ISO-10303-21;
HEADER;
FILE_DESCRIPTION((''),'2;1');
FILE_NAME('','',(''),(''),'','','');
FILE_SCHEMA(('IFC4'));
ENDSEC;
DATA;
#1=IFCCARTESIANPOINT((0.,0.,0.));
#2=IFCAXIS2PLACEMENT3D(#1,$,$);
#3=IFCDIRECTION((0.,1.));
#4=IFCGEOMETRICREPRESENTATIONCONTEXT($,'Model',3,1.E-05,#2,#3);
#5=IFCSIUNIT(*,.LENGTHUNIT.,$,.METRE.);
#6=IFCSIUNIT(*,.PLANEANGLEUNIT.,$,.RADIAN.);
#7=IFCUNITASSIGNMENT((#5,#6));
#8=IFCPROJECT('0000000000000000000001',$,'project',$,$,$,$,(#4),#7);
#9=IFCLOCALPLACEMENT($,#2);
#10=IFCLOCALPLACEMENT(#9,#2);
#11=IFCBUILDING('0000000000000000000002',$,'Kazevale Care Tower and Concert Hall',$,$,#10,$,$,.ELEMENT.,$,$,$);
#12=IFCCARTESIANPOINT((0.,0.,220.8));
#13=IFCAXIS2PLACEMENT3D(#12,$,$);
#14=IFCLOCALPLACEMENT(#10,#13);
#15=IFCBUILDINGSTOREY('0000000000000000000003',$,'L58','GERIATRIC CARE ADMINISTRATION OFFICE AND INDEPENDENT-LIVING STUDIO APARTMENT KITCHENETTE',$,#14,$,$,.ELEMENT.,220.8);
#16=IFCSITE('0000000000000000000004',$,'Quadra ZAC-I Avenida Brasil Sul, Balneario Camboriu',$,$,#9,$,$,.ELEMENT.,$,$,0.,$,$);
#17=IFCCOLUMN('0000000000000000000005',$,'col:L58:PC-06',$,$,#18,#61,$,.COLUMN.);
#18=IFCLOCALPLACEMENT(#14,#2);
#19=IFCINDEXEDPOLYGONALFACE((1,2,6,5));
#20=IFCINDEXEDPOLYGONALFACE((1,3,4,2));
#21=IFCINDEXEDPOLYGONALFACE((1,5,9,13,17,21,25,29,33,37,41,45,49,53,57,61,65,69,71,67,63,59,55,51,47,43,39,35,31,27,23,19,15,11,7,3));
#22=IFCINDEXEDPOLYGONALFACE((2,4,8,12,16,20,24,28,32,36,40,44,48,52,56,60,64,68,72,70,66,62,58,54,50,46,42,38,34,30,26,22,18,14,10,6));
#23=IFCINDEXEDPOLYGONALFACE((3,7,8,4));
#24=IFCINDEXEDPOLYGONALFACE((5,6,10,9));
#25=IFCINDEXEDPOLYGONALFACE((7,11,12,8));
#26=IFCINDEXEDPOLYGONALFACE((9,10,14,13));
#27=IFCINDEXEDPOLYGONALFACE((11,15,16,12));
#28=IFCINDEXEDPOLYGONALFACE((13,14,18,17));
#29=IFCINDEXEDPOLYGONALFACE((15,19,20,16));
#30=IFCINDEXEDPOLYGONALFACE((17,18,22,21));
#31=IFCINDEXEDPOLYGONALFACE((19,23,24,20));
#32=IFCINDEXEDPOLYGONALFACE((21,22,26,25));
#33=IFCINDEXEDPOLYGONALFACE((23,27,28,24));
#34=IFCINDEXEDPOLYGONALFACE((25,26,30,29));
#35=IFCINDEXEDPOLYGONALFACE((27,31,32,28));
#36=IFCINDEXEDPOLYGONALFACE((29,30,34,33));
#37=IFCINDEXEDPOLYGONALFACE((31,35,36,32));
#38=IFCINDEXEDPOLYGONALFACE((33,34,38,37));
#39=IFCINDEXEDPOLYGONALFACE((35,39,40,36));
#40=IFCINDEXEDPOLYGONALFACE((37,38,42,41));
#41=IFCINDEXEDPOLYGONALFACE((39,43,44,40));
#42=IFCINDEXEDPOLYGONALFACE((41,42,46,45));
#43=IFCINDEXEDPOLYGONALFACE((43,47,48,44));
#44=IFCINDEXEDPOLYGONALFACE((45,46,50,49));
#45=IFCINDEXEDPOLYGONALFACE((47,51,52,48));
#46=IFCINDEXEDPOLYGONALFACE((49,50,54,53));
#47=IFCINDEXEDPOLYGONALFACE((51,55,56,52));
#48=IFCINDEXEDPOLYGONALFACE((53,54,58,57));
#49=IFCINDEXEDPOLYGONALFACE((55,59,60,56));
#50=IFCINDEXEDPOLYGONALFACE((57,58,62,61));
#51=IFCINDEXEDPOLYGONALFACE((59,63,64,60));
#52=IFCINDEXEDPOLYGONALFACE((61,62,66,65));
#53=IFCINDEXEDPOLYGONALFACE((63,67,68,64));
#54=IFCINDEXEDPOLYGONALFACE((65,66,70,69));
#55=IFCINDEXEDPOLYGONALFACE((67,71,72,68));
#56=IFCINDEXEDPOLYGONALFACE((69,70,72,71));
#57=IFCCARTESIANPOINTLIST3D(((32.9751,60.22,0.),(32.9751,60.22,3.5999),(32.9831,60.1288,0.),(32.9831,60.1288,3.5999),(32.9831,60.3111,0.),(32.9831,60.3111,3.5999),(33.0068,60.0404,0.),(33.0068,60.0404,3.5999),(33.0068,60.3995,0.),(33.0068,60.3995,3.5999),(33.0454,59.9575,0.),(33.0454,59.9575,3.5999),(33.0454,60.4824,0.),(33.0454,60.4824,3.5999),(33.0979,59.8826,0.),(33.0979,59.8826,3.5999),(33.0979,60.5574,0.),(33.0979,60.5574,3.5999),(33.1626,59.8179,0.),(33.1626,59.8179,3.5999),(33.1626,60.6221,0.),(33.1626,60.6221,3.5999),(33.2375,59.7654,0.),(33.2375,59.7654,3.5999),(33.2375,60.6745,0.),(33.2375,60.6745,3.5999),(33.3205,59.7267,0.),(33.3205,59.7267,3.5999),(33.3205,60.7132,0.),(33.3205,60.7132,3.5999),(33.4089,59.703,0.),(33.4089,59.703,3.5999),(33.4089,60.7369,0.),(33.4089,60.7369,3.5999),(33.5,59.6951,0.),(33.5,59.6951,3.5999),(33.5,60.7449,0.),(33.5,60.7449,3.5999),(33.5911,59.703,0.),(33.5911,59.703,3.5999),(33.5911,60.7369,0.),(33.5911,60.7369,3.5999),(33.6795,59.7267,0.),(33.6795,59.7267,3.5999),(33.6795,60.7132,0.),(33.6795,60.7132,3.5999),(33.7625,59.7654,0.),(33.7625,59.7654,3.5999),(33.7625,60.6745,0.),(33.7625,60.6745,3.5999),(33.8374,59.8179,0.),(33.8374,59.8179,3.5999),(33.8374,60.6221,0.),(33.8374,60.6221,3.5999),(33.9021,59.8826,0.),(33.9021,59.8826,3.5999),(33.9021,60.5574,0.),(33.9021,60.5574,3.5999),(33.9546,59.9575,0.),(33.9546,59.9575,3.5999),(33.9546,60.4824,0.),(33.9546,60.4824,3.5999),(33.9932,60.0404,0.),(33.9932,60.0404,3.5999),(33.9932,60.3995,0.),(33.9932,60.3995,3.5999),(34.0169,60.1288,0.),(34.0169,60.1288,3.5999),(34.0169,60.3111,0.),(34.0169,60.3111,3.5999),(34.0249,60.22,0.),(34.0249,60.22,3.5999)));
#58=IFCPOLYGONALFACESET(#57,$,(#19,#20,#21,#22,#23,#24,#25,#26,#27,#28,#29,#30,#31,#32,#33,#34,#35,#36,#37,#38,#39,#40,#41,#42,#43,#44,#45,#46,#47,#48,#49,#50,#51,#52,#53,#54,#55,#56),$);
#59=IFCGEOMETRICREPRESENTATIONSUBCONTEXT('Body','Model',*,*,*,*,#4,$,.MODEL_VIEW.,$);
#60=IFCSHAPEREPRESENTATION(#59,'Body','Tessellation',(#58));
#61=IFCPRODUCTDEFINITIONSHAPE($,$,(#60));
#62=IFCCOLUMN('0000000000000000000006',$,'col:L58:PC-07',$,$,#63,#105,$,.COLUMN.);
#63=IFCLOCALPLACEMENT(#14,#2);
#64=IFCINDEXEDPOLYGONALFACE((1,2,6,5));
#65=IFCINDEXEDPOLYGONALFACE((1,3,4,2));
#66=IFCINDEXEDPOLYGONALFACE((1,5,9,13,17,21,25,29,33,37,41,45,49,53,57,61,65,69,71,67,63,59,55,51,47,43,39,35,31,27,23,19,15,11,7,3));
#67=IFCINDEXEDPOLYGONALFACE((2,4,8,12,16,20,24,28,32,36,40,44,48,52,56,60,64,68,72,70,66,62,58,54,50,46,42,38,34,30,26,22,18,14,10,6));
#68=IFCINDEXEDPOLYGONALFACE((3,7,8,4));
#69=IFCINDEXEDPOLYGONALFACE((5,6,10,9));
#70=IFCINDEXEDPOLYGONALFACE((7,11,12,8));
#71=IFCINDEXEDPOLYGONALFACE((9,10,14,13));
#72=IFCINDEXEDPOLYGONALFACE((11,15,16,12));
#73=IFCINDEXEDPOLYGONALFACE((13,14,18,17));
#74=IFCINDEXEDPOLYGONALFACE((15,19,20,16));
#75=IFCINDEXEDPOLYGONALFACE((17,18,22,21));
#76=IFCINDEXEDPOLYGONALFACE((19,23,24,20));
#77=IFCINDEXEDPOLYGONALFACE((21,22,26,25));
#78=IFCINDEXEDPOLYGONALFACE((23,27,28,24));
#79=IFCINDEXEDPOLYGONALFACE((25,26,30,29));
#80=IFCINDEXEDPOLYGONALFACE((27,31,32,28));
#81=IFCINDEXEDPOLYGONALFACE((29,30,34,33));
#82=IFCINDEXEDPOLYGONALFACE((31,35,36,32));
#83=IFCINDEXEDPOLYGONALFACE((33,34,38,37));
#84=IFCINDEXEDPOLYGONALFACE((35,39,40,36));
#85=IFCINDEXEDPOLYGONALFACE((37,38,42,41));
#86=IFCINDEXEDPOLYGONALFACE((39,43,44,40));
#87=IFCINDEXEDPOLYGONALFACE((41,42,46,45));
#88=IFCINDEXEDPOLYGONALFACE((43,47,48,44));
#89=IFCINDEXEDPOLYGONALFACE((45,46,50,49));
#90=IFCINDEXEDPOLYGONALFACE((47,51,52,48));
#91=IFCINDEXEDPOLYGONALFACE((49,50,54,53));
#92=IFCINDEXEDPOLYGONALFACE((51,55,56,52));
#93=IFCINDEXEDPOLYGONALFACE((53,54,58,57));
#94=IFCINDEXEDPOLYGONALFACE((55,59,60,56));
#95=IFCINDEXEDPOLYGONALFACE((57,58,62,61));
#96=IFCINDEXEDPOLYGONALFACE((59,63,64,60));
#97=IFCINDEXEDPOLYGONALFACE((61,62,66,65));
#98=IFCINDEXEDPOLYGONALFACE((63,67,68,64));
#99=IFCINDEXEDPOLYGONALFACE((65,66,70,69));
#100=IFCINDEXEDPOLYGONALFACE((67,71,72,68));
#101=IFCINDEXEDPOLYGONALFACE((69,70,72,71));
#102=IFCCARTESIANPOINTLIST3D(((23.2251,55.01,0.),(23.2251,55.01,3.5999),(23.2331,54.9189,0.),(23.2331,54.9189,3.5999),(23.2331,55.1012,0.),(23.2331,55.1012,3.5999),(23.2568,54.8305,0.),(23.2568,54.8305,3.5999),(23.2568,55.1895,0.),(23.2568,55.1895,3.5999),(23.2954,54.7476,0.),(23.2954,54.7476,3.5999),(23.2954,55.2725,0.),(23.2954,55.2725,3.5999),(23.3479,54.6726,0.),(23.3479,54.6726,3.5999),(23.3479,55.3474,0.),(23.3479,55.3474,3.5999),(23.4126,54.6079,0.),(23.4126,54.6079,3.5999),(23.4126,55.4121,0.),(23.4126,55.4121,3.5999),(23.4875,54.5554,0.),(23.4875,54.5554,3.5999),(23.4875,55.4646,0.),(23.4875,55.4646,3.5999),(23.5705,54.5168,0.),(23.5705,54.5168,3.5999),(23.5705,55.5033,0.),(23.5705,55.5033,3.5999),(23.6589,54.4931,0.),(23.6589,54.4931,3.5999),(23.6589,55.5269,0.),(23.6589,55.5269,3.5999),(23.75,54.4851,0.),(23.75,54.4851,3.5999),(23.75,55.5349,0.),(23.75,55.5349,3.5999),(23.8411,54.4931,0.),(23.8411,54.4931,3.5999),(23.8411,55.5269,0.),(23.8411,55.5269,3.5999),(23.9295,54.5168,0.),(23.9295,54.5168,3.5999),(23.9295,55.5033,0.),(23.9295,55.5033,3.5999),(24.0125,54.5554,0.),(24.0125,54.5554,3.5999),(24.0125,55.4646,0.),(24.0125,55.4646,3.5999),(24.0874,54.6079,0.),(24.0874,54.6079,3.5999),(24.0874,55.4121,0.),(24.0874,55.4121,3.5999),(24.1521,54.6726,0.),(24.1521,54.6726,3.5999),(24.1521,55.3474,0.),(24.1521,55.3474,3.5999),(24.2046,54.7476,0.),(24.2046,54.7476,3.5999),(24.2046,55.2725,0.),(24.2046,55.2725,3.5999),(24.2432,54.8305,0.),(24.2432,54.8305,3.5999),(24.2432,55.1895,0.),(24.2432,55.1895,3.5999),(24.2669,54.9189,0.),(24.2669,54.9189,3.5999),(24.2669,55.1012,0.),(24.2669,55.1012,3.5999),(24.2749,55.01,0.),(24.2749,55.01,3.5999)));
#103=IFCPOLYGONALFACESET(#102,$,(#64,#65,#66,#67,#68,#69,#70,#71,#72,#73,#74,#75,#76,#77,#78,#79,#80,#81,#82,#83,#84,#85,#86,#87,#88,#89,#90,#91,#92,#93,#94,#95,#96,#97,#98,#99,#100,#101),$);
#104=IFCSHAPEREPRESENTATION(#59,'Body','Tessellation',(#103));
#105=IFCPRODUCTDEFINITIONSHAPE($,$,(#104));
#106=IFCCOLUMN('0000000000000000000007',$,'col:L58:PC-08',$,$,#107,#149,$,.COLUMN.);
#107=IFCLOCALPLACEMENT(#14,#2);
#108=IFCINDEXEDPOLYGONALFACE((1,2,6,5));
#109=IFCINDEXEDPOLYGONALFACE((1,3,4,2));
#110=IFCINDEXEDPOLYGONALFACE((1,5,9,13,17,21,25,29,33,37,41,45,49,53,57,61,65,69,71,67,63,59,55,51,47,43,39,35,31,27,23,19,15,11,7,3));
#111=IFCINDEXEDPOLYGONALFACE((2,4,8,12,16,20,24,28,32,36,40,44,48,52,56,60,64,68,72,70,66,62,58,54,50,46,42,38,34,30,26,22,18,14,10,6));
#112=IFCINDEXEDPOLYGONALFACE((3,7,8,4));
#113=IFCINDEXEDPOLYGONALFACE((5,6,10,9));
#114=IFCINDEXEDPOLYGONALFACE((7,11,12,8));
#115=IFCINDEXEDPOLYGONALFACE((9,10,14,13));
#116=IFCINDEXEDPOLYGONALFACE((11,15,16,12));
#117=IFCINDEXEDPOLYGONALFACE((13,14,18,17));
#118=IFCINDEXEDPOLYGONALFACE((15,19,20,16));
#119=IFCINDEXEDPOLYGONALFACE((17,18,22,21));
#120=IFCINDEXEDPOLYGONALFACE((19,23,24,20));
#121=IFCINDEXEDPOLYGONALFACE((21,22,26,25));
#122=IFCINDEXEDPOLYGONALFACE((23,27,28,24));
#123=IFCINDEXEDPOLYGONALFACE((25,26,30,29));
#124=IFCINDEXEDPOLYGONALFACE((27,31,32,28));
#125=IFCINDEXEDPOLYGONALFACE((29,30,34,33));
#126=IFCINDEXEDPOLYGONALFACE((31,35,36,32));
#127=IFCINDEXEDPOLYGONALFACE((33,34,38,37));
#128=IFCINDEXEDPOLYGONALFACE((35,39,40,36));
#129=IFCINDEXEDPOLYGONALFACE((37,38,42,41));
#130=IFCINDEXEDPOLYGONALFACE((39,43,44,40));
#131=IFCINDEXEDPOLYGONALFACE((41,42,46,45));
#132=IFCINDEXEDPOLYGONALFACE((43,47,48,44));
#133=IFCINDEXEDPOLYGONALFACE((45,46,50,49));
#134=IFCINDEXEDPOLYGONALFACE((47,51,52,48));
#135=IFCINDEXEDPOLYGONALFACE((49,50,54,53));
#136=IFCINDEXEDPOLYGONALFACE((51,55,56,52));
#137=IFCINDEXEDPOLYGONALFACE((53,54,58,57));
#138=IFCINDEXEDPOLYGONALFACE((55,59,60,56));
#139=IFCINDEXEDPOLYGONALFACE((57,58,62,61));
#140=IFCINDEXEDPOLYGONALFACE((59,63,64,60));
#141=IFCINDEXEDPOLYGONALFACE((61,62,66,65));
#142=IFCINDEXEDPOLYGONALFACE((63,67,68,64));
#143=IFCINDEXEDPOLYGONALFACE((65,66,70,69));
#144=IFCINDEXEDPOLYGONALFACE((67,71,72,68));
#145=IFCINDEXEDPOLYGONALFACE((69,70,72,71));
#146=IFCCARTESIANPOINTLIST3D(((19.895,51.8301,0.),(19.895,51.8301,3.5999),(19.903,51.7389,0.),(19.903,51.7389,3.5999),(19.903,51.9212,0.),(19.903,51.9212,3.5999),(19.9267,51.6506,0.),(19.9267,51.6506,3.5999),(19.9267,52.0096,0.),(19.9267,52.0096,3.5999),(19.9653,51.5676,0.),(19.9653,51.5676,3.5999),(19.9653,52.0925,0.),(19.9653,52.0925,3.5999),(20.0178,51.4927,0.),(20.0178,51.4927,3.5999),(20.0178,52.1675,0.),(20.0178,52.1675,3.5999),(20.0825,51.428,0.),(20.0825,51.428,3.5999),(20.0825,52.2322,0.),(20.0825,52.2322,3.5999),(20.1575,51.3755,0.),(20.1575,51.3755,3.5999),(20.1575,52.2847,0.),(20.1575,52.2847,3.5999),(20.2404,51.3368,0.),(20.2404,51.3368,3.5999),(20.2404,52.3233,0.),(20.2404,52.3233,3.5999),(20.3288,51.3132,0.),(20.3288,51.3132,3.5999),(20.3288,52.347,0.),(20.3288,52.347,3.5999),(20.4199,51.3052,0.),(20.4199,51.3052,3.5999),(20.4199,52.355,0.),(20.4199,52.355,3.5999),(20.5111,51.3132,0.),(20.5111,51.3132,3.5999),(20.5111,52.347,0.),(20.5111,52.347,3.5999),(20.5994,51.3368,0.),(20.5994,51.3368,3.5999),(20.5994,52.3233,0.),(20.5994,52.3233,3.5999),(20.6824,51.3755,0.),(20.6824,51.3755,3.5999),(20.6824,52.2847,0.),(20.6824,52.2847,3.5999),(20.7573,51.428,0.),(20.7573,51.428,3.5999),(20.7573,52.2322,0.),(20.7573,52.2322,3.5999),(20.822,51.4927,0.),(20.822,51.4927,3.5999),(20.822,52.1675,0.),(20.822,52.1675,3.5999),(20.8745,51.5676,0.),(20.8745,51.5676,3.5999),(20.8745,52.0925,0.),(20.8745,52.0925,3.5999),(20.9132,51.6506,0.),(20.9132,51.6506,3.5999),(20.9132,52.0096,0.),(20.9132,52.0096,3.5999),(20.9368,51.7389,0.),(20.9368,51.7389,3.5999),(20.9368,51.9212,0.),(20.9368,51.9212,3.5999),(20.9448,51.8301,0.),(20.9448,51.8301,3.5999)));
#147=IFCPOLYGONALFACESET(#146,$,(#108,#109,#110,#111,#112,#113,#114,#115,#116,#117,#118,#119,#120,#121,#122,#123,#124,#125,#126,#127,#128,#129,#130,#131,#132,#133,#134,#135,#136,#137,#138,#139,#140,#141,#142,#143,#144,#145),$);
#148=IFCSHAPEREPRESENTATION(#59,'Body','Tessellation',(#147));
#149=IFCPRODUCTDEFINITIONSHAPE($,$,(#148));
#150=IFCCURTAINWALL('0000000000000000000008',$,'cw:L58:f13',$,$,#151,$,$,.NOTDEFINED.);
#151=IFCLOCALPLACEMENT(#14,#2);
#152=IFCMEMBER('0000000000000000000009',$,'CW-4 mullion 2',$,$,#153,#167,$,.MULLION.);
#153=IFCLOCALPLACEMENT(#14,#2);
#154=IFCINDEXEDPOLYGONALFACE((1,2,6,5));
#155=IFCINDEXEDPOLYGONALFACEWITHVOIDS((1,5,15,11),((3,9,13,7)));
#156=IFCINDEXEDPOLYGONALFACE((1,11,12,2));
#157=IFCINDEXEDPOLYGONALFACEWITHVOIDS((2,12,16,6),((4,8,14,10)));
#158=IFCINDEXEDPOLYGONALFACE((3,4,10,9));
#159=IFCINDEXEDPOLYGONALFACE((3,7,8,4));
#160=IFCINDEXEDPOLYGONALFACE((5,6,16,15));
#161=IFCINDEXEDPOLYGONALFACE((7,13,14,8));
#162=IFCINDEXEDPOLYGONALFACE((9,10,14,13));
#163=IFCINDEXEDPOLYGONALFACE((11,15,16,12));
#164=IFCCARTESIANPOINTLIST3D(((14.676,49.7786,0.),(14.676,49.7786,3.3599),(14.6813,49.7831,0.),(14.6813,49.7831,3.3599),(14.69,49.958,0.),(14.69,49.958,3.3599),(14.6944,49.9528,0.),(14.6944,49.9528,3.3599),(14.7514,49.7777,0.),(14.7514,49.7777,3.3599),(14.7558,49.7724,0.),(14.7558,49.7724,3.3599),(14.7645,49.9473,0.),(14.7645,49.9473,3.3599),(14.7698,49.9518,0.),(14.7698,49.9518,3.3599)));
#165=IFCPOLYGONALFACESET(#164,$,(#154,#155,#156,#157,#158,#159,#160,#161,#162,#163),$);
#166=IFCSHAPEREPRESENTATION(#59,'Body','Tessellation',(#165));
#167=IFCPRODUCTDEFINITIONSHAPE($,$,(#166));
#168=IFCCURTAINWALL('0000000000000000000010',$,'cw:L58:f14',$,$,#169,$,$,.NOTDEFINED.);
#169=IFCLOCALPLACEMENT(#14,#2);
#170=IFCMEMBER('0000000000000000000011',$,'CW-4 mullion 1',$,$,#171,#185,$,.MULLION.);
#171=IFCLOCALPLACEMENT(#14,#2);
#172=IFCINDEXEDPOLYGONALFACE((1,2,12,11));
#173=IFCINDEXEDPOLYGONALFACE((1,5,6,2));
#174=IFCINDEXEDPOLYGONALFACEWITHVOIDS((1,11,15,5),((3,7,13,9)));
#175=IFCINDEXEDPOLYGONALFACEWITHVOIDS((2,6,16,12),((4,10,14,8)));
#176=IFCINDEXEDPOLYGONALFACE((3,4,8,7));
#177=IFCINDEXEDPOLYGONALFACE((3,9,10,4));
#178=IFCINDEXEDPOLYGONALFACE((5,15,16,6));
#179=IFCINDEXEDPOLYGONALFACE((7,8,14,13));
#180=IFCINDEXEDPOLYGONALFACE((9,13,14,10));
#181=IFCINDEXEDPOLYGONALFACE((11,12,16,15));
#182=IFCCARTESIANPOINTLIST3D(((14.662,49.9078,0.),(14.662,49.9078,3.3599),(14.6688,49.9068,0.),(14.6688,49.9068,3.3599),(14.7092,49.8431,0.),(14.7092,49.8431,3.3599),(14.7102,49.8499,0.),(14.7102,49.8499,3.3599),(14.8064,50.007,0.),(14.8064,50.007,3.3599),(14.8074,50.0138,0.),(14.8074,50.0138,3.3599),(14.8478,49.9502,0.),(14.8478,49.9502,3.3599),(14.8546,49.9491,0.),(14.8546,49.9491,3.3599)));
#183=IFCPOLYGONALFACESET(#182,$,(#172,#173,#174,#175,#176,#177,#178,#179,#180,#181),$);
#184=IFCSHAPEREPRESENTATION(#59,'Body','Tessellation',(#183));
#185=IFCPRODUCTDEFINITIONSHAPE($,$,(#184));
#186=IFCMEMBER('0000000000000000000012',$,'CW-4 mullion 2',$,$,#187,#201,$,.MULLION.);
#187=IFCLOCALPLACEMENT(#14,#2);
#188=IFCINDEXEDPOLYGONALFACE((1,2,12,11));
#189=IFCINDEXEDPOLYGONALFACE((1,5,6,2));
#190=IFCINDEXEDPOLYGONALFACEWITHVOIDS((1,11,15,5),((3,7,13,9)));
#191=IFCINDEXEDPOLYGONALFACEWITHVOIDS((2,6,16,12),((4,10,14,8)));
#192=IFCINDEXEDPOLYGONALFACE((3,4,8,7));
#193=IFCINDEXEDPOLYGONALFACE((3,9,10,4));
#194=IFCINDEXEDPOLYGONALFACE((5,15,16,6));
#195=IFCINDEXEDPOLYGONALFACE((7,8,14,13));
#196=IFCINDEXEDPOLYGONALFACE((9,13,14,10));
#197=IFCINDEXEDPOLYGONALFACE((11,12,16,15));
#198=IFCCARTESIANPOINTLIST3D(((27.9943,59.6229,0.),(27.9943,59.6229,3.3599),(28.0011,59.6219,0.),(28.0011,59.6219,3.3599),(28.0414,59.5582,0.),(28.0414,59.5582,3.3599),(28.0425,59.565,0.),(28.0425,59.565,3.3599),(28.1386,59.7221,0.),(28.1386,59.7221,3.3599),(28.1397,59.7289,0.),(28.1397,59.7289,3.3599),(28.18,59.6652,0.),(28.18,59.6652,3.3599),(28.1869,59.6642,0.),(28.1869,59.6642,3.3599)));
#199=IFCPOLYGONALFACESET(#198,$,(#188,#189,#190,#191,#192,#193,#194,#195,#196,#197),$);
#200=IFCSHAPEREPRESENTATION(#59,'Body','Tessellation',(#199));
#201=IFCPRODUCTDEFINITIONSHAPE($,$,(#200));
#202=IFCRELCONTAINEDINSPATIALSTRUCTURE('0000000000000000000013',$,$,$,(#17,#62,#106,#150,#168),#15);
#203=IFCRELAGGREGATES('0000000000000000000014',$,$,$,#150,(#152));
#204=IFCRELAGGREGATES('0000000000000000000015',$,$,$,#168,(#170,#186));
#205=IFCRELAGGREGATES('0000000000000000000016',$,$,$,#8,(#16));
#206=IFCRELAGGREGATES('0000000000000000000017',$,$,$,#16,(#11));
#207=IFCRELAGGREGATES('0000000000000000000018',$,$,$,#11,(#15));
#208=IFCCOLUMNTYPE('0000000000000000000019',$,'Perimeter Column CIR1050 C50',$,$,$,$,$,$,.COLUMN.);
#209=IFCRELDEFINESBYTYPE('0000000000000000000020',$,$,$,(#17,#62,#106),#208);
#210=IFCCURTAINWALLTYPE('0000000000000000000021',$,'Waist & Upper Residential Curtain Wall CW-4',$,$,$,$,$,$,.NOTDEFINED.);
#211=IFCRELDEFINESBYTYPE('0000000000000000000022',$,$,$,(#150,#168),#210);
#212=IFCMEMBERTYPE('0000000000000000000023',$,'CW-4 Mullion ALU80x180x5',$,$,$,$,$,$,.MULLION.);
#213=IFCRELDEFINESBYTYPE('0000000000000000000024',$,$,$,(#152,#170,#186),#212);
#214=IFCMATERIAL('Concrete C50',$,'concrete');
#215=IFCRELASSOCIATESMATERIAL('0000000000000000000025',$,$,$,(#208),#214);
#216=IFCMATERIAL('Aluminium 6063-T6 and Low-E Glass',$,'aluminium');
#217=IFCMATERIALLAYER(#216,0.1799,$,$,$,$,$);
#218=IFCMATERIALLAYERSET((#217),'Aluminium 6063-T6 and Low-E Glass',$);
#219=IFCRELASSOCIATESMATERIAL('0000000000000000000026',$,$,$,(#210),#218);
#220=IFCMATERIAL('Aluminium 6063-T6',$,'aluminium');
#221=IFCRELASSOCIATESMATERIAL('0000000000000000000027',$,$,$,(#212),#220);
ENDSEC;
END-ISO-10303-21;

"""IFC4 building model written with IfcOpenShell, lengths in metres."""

from ifc_helpers import new_model, si_unit, direction, frame, origin, origin_2d, place, context, subcontext, project, spatial, hollow_rectangle, circle, extrude, material, layer, layer_set, material_profile, profile_set, type_object, element, aggregate, save


model = new_model("IFC4")

# Units and contexts
model_context = context("Model", 3, precision=1e-05, world=origin(), true_north=direction((0.0, 1.0)))
body_context = subcontext(model_context, "Body", "Model", "MODEL_VIEW")
ifc_project = project(units=[si_unit("LENGTHUNIT", "METRE"), si_unit("PLANEANGLEUNIT", "RADIAN")], contexts=[model_context])

# Site, building, storey
site_placement = place(None, origin())
site = spatial("IfcSite", under=ifc_project, at=site_placement, Name="Quadra ZAC-I Avenida Brasil Sul, Balneario Camboriu", CompositionType="ELEMENT", RefElevation=0.0)
building_placement = place(site_placement, origin())
building = spatial("IfcBuilding", under=site, at=building_placement, Name="Kazevale Care Tower and Concert Hall", CompositionType="ELEMENT")
storey_placement = place(building_placement, frame((0.0, 0.0, 220.8)))
storey = spatial("IfcBuildingStorey", under=building, at=storey_placement, Name="L58", Description="GERIATRIC CARE ADMINISTRATION OFFICE AND INDEPENDENT-LIVING STUDIO APARTMENT KITCHENETTE", CompositionType="ELEMENT", Elevation=220.8)

# Columns
ifc_material_1 = material(Name="Concrete C50", Category="concrete")
ifc_material_profile_1 = material_profile(ifc_material_1, circle(Radius=0.5249, at=origin_2d()), Name="RC-CIR1050")
ifc_profile_set_1 = profile_set([ifc_material_profile_1], Name="Concrete C50")
column_type = type_object("IfcColumnType", Name="Perimeter Column CIR1050 C50", PredefinedType="COLUMN", material=ifc_profile_set_1)
for number, where, z_axis, x_axis, name in (
    (1, (33.5, 60.22, 0.0), (0.0, 0.0, 1.0), (1.0, 0.0, 0.0), "col:L58:PC-06"),
    (2, (23.75, 55.01, 0.0), (0.0, 0.0, 1.0), (1.0, 0.0, 0.0), "col:L58:PC-07"),
    (3, (20.4199, 51.8301, 0.0), (0.0, 0.0, 1.0), (1.0, 0.0, 0.0), "col:L58:PC-08"),
):
    element("IfcColumn", number, at=place(storey_placement, frame(where, z_axis=z_axis, x_axis=x_axis)), inside=storey, type_object=column_type, Name=name, PredefinedType="COLUMN", context=body_context, shape_type="SweptSolid", body=[
        extrude(circle(Radius=0.5249, at=origin_2d()), origin(), (0.0, 0.0, 1.0), 3.5999),
    ])

# Curtain wall, member
ifc_material_2 = material(Name="Aluminium 6063-T6 and Low-E Glass", Category="aluminium")
ifc_layer_1 = layer(ifc_material_2, 0.1799)
ifc_layer_set_1 = layer_set([ifc_layer_1], Name="Aluminium 6063-T6 and Low-E Glass")
curtain_wall_type = type_object("IfcCurtainWallType", Name="Waist & Upper Residential Curtain Wall CW-4", PredefinedType="NOTDEFINED", material=ifc_layer_set_1)
curtain_wall_1_placement = place(storey_placement, origin())
curtain_wall_1 = element("IfcCurtainWall", 4, at=curtain_wall_1_placement, inside=storey, type_object=curtain_wall_type, Name="cw:L58:f13", PredefinedType="NOTDEFINED")
ifc_material_3 = material(Name="Aluminium 6063-T6", Category="aluminium")
ifc_material_profile_2 = material_profile(ifc_material_3, hollow_rectangle(XDim=0.0801, YDim=0.1799, WallThickness=0.0049, at=origin_2d()), Name="ALU80x180x5")
ifc_profile_set_2 = profile_set([ifc_material_profile_2], Name="Aluminium 6063-T6")
member_type_1 = type_object("IfcMemberType", Name="CW-4 Mullion ALU80x180x5", PredefinedType="MULLION", material=ifc_profile_set_2)
member_1_placement = place(storey_placement, frame((14.7229, 49.8652, 0.0), z_axis=(0.0, 0.0, 1.0), x_axis=(-0.996989, 0.077539, 0.0)))
member_1 = element("IfcMember", 5, at=member_1_placement, type_object=member_type_1, Name="CW-4 mullion 2", PredefinedType="MULLION", context=body_context, shape_type="SweptSolid", body=[
    extrude(hollow_rectangle(XDim=0.0801, YDim=0.1799, WallThickness=0.0049, at=origin_2d()), origin(), (0.0, 0.0, 1.0), 3.3599),
])
aggregate(curtain_wall_1, [member_1])

# Curtain wall, members
curtain_wall_2_placement = place(storey_placement, origin())
curtain_wall_2 = element("IfcCurtainWall", 6, at=curtain_wall_2_placement, inside=storey, type_object=curtain_wall_type, Name="cw:L58:f14", PredefinedType="NOTDEFINED")
member_2_placement = place(storey_placement, frame((14.7583, 49.9285, 0.0), z_axis=(0.0, 0.0, 1.0), x_axis=(-0.58891, 0.808198, 0.0)))
member_2 = element("IfcMember", 7, at=member_2_placement, type_object=member_type_1, Name="CW-4 mullion 1", PredefinedType="MULLION", context=body_context, shape_type="SweptSolid", body=[
    extrude(hollow_rectangle(XDim=0.0801, YDim=0.1799, WallThickness=0.0049, at=origin_2d()), origin(), (0.0, 0.0, 1.0), 3.3599),
])
member_3_placement = place(storey_placement, frame((28.0906, 59.6436, 0.0), z_axis=(0.0, 0.0, 1.0), x_axis=(-0.58891, 0.808198, 0.0)))
member_3 = element("IfcMember", 8, at=member_3_placement, type_object=member_type_1, Name="CW-4 mullion 2", PredefinedType="MULLION", context=body_context, shape_type="SweptSolid", body=[
    extrude(hollow_rectangle(XDim=0.0801, YDim=0.1799, WallThickness=0.0049, at=origin_2d()), origin(), (0.0, 0.0, 1.0), 3.3599),
])

aggregate(curtain_wall_2, [member_2, member_3])

save(model, "model.ifc")
